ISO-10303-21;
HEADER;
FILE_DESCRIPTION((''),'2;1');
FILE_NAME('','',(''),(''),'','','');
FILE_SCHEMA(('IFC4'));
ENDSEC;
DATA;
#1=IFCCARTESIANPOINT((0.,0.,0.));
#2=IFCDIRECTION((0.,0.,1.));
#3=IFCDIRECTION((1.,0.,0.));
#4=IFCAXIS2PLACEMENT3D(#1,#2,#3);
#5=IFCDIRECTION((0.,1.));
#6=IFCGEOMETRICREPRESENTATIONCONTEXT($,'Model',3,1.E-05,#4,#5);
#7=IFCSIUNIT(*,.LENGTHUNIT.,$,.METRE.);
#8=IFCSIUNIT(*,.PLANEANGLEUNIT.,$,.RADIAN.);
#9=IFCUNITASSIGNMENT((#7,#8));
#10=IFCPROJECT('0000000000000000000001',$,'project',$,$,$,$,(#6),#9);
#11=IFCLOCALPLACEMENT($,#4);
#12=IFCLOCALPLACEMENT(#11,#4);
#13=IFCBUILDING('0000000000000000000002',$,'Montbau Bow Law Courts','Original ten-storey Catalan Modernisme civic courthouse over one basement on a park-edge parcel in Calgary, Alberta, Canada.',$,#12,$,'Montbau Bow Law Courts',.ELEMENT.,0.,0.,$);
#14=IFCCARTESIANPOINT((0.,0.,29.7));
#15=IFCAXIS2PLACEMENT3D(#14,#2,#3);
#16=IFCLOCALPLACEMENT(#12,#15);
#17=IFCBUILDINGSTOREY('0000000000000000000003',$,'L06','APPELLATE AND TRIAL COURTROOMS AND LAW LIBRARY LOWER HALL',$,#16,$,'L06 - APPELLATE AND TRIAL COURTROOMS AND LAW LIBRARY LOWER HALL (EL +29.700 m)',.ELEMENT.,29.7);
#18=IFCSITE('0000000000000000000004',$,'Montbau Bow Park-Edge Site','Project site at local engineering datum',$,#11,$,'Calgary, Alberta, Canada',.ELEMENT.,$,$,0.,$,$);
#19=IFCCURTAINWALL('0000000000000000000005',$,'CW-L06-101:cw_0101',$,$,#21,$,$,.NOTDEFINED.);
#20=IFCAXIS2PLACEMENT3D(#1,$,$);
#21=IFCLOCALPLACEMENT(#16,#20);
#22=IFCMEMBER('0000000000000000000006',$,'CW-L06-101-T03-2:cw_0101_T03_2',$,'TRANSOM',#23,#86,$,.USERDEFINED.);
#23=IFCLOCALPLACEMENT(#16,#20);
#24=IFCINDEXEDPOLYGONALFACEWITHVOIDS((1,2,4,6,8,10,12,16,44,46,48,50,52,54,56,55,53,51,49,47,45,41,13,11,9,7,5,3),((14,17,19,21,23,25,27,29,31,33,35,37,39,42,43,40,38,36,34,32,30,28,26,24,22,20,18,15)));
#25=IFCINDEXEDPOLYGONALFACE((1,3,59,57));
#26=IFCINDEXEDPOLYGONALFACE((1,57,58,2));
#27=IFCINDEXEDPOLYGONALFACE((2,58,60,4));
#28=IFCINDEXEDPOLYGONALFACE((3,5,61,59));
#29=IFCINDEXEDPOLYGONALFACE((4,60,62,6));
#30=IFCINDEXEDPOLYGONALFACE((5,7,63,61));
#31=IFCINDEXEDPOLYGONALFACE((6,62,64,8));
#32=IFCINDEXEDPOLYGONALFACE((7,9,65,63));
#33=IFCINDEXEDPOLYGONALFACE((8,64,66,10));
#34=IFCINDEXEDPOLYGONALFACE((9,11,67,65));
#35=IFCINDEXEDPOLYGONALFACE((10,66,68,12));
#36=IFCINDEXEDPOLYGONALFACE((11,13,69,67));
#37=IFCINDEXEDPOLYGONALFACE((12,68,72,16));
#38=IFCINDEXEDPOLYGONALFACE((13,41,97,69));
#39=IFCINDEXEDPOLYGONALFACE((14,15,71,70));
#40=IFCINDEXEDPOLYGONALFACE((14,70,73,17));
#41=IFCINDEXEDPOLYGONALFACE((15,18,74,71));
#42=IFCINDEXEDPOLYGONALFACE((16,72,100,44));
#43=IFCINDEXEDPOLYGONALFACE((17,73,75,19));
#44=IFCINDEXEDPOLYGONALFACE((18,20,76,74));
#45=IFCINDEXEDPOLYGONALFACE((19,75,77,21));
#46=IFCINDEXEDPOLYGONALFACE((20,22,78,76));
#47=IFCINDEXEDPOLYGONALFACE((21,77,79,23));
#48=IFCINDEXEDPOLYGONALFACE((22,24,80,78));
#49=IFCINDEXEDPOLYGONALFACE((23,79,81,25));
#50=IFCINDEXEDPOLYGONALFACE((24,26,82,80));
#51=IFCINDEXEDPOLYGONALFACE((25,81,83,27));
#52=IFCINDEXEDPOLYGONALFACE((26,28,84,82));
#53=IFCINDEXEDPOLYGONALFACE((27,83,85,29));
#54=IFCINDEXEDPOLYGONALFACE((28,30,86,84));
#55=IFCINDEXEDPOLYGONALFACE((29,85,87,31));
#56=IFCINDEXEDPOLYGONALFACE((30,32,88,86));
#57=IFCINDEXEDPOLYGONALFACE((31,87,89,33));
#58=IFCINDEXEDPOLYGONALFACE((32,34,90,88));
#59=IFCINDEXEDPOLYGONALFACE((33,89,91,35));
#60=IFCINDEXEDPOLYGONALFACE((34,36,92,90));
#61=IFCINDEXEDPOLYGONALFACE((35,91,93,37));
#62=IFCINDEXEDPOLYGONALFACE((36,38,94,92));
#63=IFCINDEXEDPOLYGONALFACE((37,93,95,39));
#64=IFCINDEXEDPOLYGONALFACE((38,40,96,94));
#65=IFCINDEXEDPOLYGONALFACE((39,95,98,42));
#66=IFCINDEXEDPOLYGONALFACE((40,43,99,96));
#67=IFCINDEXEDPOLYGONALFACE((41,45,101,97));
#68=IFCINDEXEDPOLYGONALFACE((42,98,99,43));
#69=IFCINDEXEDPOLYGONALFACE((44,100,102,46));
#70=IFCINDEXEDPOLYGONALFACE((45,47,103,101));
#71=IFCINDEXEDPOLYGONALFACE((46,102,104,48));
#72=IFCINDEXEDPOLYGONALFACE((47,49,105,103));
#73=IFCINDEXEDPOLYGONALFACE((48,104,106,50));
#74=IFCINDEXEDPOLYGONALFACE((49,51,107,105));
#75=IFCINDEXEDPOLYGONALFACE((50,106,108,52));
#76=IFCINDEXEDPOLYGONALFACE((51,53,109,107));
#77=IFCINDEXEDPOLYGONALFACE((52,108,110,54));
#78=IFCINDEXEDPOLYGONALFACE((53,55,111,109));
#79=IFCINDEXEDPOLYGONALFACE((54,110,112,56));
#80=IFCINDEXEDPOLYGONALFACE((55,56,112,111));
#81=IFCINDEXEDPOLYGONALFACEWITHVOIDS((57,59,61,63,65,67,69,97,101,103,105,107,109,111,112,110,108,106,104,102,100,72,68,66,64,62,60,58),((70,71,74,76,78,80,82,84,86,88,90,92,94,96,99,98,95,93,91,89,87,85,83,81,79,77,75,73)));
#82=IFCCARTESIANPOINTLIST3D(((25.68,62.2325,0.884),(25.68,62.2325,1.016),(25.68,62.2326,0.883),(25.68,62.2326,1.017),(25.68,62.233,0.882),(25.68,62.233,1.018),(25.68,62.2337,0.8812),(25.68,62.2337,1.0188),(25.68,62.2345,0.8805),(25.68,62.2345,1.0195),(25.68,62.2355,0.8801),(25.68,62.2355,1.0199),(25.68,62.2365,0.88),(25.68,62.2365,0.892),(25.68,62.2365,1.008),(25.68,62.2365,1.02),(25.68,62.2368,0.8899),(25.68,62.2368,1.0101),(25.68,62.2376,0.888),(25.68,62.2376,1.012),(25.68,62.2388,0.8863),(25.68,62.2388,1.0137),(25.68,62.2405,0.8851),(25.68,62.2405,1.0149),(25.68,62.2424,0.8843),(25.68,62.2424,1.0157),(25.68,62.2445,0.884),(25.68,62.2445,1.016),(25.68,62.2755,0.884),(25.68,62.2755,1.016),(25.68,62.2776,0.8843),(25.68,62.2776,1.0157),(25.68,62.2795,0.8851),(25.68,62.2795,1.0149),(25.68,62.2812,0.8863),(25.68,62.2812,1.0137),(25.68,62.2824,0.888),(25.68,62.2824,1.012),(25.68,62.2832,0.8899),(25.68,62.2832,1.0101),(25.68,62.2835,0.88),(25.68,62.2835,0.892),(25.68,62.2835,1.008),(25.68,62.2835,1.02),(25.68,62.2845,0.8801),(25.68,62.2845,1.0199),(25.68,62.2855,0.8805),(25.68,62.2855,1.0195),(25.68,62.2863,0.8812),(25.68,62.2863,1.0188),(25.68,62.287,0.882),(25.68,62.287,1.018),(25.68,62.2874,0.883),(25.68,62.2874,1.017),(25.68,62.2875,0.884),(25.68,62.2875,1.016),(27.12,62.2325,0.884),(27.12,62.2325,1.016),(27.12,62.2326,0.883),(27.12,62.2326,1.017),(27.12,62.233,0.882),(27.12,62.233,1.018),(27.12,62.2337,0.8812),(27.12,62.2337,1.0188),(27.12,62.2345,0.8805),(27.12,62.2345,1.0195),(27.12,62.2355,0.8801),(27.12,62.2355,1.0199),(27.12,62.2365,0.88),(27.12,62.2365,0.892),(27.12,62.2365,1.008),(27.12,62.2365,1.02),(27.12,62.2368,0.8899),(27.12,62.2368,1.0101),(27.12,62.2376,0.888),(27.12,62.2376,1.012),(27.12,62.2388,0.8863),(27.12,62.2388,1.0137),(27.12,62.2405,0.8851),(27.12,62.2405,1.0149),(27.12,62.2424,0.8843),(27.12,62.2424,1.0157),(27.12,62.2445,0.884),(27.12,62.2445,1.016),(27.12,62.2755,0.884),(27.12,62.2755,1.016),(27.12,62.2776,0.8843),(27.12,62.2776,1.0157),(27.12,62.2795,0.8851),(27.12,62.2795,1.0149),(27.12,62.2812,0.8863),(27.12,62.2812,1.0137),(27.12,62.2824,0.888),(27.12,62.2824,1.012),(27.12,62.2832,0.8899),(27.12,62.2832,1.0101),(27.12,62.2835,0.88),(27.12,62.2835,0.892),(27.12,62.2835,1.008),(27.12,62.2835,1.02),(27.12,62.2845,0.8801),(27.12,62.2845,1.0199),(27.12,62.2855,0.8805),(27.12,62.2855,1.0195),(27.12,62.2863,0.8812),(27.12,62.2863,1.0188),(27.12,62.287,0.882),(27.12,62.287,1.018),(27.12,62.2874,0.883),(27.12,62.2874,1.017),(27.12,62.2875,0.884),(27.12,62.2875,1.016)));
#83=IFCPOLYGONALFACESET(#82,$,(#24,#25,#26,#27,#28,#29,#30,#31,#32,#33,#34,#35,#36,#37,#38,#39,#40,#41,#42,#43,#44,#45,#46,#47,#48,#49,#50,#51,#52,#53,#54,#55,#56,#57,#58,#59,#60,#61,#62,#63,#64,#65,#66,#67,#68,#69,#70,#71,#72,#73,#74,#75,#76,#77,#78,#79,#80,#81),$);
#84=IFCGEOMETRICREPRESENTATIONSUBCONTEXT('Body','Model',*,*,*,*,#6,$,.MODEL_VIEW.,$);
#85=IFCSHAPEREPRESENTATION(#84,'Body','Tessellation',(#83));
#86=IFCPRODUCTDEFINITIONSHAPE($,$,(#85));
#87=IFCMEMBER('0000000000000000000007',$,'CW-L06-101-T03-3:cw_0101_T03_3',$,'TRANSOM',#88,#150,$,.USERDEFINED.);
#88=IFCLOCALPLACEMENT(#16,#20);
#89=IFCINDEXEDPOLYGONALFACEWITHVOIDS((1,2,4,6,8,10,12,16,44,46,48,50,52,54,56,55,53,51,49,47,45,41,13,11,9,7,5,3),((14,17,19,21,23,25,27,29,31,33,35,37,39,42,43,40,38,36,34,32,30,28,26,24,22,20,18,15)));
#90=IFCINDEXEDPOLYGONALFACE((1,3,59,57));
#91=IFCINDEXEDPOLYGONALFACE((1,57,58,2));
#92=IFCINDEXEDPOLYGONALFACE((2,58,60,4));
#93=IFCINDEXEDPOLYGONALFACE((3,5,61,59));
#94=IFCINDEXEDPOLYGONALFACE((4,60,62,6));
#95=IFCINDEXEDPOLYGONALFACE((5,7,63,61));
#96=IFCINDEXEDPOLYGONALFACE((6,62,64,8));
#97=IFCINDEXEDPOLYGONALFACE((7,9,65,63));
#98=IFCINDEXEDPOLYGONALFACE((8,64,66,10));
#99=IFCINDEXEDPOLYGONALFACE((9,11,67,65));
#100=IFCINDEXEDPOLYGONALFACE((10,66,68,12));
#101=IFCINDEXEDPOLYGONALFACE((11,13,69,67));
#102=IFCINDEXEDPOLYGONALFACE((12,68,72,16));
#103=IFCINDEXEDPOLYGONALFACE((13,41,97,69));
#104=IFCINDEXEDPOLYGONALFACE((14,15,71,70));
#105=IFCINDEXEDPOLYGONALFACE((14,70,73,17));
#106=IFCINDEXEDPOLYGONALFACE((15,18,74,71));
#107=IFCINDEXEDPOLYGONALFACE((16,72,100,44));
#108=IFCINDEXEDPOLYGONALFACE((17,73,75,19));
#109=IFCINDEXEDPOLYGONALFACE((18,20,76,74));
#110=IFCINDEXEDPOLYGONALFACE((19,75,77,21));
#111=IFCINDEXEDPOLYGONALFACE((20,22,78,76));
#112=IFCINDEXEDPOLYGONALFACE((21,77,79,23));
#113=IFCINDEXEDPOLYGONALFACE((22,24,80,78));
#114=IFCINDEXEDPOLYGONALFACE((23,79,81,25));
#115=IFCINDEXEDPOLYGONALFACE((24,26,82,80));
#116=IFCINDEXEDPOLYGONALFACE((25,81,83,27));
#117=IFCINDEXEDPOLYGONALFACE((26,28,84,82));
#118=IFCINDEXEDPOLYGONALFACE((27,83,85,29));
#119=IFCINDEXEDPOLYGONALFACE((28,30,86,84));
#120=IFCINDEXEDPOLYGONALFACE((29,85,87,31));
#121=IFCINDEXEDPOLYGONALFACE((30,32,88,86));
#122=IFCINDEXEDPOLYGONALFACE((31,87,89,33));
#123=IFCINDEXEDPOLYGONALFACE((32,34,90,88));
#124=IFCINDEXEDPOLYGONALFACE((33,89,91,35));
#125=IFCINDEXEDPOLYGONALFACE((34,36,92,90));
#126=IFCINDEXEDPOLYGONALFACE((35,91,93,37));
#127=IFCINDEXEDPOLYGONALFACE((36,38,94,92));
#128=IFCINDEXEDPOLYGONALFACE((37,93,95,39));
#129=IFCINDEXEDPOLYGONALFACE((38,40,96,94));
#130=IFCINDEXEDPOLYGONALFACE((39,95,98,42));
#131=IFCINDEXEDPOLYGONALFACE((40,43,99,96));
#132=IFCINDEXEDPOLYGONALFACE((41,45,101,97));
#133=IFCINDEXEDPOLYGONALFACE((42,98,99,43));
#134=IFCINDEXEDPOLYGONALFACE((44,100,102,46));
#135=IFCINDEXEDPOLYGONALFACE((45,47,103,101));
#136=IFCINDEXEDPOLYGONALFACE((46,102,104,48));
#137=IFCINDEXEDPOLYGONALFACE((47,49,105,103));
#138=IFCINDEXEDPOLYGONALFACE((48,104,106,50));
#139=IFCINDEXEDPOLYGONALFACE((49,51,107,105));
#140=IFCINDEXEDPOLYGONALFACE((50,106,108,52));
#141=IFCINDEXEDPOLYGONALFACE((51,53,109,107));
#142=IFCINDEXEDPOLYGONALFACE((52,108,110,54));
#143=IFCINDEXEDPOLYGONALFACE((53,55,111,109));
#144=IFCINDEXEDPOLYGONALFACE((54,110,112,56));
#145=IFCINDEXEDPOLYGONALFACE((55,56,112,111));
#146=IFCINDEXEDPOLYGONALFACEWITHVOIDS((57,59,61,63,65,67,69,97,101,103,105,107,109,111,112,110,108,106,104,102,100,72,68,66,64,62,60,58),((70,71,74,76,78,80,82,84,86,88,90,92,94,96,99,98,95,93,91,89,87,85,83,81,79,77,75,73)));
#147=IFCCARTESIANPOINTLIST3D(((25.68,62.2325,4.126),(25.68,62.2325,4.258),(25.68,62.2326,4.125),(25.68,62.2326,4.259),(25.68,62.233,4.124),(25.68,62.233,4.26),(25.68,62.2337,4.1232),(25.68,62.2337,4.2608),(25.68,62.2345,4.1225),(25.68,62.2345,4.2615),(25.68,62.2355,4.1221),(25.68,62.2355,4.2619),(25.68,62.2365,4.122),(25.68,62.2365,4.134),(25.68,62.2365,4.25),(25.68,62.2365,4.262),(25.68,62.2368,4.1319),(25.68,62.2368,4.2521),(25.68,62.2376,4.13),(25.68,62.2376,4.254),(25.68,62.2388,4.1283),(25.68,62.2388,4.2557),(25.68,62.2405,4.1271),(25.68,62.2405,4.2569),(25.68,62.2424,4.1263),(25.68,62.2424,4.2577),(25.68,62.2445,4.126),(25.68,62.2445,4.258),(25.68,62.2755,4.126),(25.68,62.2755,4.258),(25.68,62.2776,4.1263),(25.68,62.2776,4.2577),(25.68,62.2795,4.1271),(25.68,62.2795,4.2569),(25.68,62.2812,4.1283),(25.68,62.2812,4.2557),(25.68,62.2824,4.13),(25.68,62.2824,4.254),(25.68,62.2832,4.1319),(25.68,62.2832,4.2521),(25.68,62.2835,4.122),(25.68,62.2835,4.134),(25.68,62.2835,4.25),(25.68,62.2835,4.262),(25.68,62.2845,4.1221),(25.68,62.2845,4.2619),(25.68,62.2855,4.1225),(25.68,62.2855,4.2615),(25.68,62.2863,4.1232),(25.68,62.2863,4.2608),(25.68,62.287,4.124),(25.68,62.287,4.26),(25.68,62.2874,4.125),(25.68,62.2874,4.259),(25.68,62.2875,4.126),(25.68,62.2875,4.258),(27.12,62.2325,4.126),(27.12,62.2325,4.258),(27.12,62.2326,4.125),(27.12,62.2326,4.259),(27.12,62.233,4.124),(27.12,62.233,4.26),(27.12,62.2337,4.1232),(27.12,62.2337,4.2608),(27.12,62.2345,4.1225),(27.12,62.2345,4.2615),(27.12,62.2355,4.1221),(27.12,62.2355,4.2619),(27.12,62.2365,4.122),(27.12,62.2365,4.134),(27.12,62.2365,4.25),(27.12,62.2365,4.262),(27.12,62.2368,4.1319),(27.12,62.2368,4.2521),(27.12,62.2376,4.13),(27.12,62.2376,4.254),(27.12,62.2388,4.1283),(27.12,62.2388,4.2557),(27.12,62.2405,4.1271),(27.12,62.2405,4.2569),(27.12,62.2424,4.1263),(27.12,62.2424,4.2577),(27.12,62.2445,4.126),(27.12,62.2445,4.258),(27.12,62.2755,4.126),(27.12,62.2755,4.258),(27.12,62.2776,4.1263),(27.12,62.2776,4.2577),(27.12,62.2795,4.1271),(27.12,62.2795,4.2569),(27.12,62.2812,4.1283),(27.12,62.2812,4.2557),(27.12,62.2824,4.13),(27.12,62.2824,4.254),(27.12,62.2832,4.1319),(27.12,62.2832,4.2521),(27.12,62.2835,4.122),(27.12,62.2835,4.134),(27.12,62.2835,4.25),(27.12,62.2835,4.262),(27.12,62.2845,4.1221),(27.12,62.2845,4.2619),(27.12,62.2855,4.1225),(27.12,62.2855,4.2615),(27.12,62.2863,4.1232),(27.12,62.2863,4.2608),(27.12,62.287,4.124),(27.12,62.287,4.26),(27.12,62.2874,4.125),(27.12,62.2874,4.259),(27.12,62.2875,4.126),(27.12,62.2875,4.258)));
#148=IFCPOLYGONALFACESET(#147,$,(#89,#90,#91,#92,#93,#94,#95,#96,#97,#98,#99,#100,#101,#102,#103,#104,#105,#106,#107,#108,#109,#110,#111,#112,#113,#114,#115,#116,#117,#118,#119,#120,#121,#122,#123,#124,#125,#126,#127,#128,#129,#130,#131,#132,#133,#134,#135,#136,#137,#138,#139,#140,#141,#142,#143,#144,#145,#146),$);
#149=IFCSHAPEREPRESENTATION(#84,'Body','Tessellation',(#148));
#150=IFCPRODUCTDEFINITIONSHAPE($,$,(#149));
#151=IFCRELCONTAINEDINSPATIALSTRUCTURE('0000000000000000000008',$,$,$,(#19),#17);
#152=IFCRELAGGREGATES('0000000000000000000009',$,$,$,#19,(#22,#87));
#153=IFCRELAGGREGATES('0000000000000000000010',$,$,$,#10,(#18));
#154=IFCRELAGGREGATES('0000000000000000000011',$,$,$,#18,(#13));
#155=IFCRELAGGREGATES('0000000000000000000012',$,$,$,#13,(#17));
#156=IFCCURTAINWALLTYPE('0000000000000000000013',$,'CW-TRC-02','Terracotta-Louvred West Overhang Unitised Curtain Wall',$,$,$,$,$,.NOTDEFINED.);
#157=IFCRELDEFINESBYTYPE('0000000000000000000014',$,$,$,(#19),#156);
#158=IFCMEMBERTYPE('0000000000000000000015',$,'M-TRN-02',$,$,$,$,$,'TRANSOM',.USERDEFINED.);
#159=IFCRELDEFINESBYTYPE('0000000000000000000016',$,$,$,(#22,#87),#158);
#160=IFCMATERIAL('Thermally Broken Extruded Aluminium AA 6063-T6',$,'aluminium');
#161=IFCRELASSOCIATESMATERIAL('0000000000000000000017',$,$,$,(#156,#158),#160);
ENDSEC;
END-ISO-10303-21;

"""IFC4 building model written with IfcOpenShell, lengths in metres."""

from ifc_helpers import new_model, si_unit, direction, frame, origin_with_axes, origin_2d_with_axis, place, context, subcontext, project, spatial, hollow_rectangle, extrude, material, material_profile, profile_set, type_object, element, aggregate, save


model = new_model("IFC4")

# Units and contexts
model_context = context("Model", 3, precision=1e-05, world=origin_with_axes(), true_north=direction((0.0, 1.0)))
body_context = subcontext(model_context, "Body", "Model", "MODEL_VIEW")
ifc_project = project(units=[si_unit("LENGTHUNIT", "METRE"), si_unit("PLANEANGLEUNIT", "RADIAN")], contexts=[model_context])

# Site, building, storey
site_placement = place(None, origin_with_axes())
site = spatial("IfcSite", under=ifc_project, at=site_placement, Name="Montbau Bow Park-Edge Site", Description="Project site at local engineering datum", LongName="Calgary, Alberta, Canada", CompositionType="ELEMENT", RefElevation=0.0)
building_placement = place(site_placement, origin_with_axes())
building = spatial("IfcBuilding", under=site, at=building_placement, Name="Montbau Bow Law Courts", Description="Original ten-storey Catalan Modernisme civic courthouse over one basement on a park-edge parcel in Calgary, Alberta, Canada.", LongName="Montbau Bow Law Courts", CompositionType="ELEMENT", ElevationOfRefHeight=0.0, ElevationOfTerrain=0.0)
storey_placement = place(building_placement, frame((0.0, 0.0, 29.7), z_axis=(0.0, 0.0, 1.0), x_axis=(1.0, 0.0, 0.0)))
storey = spatial("IfcBuildingStorey", under=building, at=storey_placement, Name="L06", Description="APPELLATE AND TRIAL COURTROOMS AND LAW LIBRARY LOWER HALL", LongName="L06 - APPELLATE AND TRIAL COURTROOMS AND LAW LIBRARY LOWER HALL (EL +29.700 m)", CompositionType="ELEMENT", Elevation=29.7)

# Curtain wall, members
ifc_material_1 = material(Name="Thermally Broken Extruded Aluminium AA 6063-T6", Category="aluminium")
curtain_wall_type = type_object("IfcCurtainWallType", Name="CW-TRC-02", Description="Terracotta-Louvred West Overhang Unitised Curtain Wall", PredefinedType="NOTDEFINED", material=ifc_material_1)
curtain_wall_placement = place(None, frame((22.64, 62.26, 29.7), z_axis=(0.0, 0.0, 1.0), x_axis=(1.0, 0.0, 0.0)))
curtain_wall = element("IfcCurtainWall", 1, at=curtain_wall_placement, inside=storey, type_object=curtain_wall_type, Name="CW-L06-101:cw_0101", PredefinedType="NOTDEFINED")
ifc_material_profile_1 = material_profile(ifc_material_1, hollow_rectangle(XDim=0.055, YDim=0.14, WallThickness=0.004, InnerFilletRadius=0.008, OuterFilletRadius=0.004, at=origin_2d_with_axis()), Name="CWT-140X55", Category="Main", Priority=0)
ifc_profile_set_1 = profile_set([ifc_material_profile_1], Name="Thermally Broken Extruded Aluminium AA 6063-T6")
member_type_1 = type_object("IfcMemberType", Name="M-TRN-02", ElementType="TRANSOM", PredefinedType="USERDEFINED", material=ifc_profile_set_1)
member_1_placement = place(None, frame((25.68, 62.26, 30.65), z_axis=(1.0, 0.0, 0.0), x_axis=(0.0, 1.0, 0.0)))
member_1 = element("IfcMember", 2, at=member_1_placement, type_object=member_type_1, Name="CW-L06-101-T03-2:cw_0101_T03_2", ObjectType="TRANSOM", PredefinedType="USERDEFINED", context=body_context, shape_type="SweptSolid", body=[
    extrude(hollow_rectangle(XDim=0.055, YDim=0.14, WallThickness=0.004, InnerFilletRadius=0.008, OuterFilletRadius=0.004, at=origin_2d_with_axis()), origin_with_axes(), (0.0, 0.0, 1.0), 1.44),
])
member_2_placement = place(None, frame((25.68, 62.26, 33.892), z_axis=(1.0, 0.0, 0.0), x_axis=(0.0, 1.0, 0.0)))
member_2 = element("IfcMember", 3, at=member_2_placement, type_object=member_type_1, Name="CW-L06-101-T03-3:cw_0101_T03_3", ObjectType="TRANSOM", PredefinedType="USERDEFINED", context=body_context, shape_type="SweptSolid", body=[
    extrude(hollow_rectangle(XDim=0.055, YDim=0.14, WallThickness=0.004, InnerFilletRadius=0.008, OuterFilletRadius=0.004, at=origin_2d_with_axis()), origin_with_axes(), (0.0, 0.0, 1.0), 1.44),
])
aggregate(curtain_wall, [member_1, member_2])

save(model, "model.ifc")
